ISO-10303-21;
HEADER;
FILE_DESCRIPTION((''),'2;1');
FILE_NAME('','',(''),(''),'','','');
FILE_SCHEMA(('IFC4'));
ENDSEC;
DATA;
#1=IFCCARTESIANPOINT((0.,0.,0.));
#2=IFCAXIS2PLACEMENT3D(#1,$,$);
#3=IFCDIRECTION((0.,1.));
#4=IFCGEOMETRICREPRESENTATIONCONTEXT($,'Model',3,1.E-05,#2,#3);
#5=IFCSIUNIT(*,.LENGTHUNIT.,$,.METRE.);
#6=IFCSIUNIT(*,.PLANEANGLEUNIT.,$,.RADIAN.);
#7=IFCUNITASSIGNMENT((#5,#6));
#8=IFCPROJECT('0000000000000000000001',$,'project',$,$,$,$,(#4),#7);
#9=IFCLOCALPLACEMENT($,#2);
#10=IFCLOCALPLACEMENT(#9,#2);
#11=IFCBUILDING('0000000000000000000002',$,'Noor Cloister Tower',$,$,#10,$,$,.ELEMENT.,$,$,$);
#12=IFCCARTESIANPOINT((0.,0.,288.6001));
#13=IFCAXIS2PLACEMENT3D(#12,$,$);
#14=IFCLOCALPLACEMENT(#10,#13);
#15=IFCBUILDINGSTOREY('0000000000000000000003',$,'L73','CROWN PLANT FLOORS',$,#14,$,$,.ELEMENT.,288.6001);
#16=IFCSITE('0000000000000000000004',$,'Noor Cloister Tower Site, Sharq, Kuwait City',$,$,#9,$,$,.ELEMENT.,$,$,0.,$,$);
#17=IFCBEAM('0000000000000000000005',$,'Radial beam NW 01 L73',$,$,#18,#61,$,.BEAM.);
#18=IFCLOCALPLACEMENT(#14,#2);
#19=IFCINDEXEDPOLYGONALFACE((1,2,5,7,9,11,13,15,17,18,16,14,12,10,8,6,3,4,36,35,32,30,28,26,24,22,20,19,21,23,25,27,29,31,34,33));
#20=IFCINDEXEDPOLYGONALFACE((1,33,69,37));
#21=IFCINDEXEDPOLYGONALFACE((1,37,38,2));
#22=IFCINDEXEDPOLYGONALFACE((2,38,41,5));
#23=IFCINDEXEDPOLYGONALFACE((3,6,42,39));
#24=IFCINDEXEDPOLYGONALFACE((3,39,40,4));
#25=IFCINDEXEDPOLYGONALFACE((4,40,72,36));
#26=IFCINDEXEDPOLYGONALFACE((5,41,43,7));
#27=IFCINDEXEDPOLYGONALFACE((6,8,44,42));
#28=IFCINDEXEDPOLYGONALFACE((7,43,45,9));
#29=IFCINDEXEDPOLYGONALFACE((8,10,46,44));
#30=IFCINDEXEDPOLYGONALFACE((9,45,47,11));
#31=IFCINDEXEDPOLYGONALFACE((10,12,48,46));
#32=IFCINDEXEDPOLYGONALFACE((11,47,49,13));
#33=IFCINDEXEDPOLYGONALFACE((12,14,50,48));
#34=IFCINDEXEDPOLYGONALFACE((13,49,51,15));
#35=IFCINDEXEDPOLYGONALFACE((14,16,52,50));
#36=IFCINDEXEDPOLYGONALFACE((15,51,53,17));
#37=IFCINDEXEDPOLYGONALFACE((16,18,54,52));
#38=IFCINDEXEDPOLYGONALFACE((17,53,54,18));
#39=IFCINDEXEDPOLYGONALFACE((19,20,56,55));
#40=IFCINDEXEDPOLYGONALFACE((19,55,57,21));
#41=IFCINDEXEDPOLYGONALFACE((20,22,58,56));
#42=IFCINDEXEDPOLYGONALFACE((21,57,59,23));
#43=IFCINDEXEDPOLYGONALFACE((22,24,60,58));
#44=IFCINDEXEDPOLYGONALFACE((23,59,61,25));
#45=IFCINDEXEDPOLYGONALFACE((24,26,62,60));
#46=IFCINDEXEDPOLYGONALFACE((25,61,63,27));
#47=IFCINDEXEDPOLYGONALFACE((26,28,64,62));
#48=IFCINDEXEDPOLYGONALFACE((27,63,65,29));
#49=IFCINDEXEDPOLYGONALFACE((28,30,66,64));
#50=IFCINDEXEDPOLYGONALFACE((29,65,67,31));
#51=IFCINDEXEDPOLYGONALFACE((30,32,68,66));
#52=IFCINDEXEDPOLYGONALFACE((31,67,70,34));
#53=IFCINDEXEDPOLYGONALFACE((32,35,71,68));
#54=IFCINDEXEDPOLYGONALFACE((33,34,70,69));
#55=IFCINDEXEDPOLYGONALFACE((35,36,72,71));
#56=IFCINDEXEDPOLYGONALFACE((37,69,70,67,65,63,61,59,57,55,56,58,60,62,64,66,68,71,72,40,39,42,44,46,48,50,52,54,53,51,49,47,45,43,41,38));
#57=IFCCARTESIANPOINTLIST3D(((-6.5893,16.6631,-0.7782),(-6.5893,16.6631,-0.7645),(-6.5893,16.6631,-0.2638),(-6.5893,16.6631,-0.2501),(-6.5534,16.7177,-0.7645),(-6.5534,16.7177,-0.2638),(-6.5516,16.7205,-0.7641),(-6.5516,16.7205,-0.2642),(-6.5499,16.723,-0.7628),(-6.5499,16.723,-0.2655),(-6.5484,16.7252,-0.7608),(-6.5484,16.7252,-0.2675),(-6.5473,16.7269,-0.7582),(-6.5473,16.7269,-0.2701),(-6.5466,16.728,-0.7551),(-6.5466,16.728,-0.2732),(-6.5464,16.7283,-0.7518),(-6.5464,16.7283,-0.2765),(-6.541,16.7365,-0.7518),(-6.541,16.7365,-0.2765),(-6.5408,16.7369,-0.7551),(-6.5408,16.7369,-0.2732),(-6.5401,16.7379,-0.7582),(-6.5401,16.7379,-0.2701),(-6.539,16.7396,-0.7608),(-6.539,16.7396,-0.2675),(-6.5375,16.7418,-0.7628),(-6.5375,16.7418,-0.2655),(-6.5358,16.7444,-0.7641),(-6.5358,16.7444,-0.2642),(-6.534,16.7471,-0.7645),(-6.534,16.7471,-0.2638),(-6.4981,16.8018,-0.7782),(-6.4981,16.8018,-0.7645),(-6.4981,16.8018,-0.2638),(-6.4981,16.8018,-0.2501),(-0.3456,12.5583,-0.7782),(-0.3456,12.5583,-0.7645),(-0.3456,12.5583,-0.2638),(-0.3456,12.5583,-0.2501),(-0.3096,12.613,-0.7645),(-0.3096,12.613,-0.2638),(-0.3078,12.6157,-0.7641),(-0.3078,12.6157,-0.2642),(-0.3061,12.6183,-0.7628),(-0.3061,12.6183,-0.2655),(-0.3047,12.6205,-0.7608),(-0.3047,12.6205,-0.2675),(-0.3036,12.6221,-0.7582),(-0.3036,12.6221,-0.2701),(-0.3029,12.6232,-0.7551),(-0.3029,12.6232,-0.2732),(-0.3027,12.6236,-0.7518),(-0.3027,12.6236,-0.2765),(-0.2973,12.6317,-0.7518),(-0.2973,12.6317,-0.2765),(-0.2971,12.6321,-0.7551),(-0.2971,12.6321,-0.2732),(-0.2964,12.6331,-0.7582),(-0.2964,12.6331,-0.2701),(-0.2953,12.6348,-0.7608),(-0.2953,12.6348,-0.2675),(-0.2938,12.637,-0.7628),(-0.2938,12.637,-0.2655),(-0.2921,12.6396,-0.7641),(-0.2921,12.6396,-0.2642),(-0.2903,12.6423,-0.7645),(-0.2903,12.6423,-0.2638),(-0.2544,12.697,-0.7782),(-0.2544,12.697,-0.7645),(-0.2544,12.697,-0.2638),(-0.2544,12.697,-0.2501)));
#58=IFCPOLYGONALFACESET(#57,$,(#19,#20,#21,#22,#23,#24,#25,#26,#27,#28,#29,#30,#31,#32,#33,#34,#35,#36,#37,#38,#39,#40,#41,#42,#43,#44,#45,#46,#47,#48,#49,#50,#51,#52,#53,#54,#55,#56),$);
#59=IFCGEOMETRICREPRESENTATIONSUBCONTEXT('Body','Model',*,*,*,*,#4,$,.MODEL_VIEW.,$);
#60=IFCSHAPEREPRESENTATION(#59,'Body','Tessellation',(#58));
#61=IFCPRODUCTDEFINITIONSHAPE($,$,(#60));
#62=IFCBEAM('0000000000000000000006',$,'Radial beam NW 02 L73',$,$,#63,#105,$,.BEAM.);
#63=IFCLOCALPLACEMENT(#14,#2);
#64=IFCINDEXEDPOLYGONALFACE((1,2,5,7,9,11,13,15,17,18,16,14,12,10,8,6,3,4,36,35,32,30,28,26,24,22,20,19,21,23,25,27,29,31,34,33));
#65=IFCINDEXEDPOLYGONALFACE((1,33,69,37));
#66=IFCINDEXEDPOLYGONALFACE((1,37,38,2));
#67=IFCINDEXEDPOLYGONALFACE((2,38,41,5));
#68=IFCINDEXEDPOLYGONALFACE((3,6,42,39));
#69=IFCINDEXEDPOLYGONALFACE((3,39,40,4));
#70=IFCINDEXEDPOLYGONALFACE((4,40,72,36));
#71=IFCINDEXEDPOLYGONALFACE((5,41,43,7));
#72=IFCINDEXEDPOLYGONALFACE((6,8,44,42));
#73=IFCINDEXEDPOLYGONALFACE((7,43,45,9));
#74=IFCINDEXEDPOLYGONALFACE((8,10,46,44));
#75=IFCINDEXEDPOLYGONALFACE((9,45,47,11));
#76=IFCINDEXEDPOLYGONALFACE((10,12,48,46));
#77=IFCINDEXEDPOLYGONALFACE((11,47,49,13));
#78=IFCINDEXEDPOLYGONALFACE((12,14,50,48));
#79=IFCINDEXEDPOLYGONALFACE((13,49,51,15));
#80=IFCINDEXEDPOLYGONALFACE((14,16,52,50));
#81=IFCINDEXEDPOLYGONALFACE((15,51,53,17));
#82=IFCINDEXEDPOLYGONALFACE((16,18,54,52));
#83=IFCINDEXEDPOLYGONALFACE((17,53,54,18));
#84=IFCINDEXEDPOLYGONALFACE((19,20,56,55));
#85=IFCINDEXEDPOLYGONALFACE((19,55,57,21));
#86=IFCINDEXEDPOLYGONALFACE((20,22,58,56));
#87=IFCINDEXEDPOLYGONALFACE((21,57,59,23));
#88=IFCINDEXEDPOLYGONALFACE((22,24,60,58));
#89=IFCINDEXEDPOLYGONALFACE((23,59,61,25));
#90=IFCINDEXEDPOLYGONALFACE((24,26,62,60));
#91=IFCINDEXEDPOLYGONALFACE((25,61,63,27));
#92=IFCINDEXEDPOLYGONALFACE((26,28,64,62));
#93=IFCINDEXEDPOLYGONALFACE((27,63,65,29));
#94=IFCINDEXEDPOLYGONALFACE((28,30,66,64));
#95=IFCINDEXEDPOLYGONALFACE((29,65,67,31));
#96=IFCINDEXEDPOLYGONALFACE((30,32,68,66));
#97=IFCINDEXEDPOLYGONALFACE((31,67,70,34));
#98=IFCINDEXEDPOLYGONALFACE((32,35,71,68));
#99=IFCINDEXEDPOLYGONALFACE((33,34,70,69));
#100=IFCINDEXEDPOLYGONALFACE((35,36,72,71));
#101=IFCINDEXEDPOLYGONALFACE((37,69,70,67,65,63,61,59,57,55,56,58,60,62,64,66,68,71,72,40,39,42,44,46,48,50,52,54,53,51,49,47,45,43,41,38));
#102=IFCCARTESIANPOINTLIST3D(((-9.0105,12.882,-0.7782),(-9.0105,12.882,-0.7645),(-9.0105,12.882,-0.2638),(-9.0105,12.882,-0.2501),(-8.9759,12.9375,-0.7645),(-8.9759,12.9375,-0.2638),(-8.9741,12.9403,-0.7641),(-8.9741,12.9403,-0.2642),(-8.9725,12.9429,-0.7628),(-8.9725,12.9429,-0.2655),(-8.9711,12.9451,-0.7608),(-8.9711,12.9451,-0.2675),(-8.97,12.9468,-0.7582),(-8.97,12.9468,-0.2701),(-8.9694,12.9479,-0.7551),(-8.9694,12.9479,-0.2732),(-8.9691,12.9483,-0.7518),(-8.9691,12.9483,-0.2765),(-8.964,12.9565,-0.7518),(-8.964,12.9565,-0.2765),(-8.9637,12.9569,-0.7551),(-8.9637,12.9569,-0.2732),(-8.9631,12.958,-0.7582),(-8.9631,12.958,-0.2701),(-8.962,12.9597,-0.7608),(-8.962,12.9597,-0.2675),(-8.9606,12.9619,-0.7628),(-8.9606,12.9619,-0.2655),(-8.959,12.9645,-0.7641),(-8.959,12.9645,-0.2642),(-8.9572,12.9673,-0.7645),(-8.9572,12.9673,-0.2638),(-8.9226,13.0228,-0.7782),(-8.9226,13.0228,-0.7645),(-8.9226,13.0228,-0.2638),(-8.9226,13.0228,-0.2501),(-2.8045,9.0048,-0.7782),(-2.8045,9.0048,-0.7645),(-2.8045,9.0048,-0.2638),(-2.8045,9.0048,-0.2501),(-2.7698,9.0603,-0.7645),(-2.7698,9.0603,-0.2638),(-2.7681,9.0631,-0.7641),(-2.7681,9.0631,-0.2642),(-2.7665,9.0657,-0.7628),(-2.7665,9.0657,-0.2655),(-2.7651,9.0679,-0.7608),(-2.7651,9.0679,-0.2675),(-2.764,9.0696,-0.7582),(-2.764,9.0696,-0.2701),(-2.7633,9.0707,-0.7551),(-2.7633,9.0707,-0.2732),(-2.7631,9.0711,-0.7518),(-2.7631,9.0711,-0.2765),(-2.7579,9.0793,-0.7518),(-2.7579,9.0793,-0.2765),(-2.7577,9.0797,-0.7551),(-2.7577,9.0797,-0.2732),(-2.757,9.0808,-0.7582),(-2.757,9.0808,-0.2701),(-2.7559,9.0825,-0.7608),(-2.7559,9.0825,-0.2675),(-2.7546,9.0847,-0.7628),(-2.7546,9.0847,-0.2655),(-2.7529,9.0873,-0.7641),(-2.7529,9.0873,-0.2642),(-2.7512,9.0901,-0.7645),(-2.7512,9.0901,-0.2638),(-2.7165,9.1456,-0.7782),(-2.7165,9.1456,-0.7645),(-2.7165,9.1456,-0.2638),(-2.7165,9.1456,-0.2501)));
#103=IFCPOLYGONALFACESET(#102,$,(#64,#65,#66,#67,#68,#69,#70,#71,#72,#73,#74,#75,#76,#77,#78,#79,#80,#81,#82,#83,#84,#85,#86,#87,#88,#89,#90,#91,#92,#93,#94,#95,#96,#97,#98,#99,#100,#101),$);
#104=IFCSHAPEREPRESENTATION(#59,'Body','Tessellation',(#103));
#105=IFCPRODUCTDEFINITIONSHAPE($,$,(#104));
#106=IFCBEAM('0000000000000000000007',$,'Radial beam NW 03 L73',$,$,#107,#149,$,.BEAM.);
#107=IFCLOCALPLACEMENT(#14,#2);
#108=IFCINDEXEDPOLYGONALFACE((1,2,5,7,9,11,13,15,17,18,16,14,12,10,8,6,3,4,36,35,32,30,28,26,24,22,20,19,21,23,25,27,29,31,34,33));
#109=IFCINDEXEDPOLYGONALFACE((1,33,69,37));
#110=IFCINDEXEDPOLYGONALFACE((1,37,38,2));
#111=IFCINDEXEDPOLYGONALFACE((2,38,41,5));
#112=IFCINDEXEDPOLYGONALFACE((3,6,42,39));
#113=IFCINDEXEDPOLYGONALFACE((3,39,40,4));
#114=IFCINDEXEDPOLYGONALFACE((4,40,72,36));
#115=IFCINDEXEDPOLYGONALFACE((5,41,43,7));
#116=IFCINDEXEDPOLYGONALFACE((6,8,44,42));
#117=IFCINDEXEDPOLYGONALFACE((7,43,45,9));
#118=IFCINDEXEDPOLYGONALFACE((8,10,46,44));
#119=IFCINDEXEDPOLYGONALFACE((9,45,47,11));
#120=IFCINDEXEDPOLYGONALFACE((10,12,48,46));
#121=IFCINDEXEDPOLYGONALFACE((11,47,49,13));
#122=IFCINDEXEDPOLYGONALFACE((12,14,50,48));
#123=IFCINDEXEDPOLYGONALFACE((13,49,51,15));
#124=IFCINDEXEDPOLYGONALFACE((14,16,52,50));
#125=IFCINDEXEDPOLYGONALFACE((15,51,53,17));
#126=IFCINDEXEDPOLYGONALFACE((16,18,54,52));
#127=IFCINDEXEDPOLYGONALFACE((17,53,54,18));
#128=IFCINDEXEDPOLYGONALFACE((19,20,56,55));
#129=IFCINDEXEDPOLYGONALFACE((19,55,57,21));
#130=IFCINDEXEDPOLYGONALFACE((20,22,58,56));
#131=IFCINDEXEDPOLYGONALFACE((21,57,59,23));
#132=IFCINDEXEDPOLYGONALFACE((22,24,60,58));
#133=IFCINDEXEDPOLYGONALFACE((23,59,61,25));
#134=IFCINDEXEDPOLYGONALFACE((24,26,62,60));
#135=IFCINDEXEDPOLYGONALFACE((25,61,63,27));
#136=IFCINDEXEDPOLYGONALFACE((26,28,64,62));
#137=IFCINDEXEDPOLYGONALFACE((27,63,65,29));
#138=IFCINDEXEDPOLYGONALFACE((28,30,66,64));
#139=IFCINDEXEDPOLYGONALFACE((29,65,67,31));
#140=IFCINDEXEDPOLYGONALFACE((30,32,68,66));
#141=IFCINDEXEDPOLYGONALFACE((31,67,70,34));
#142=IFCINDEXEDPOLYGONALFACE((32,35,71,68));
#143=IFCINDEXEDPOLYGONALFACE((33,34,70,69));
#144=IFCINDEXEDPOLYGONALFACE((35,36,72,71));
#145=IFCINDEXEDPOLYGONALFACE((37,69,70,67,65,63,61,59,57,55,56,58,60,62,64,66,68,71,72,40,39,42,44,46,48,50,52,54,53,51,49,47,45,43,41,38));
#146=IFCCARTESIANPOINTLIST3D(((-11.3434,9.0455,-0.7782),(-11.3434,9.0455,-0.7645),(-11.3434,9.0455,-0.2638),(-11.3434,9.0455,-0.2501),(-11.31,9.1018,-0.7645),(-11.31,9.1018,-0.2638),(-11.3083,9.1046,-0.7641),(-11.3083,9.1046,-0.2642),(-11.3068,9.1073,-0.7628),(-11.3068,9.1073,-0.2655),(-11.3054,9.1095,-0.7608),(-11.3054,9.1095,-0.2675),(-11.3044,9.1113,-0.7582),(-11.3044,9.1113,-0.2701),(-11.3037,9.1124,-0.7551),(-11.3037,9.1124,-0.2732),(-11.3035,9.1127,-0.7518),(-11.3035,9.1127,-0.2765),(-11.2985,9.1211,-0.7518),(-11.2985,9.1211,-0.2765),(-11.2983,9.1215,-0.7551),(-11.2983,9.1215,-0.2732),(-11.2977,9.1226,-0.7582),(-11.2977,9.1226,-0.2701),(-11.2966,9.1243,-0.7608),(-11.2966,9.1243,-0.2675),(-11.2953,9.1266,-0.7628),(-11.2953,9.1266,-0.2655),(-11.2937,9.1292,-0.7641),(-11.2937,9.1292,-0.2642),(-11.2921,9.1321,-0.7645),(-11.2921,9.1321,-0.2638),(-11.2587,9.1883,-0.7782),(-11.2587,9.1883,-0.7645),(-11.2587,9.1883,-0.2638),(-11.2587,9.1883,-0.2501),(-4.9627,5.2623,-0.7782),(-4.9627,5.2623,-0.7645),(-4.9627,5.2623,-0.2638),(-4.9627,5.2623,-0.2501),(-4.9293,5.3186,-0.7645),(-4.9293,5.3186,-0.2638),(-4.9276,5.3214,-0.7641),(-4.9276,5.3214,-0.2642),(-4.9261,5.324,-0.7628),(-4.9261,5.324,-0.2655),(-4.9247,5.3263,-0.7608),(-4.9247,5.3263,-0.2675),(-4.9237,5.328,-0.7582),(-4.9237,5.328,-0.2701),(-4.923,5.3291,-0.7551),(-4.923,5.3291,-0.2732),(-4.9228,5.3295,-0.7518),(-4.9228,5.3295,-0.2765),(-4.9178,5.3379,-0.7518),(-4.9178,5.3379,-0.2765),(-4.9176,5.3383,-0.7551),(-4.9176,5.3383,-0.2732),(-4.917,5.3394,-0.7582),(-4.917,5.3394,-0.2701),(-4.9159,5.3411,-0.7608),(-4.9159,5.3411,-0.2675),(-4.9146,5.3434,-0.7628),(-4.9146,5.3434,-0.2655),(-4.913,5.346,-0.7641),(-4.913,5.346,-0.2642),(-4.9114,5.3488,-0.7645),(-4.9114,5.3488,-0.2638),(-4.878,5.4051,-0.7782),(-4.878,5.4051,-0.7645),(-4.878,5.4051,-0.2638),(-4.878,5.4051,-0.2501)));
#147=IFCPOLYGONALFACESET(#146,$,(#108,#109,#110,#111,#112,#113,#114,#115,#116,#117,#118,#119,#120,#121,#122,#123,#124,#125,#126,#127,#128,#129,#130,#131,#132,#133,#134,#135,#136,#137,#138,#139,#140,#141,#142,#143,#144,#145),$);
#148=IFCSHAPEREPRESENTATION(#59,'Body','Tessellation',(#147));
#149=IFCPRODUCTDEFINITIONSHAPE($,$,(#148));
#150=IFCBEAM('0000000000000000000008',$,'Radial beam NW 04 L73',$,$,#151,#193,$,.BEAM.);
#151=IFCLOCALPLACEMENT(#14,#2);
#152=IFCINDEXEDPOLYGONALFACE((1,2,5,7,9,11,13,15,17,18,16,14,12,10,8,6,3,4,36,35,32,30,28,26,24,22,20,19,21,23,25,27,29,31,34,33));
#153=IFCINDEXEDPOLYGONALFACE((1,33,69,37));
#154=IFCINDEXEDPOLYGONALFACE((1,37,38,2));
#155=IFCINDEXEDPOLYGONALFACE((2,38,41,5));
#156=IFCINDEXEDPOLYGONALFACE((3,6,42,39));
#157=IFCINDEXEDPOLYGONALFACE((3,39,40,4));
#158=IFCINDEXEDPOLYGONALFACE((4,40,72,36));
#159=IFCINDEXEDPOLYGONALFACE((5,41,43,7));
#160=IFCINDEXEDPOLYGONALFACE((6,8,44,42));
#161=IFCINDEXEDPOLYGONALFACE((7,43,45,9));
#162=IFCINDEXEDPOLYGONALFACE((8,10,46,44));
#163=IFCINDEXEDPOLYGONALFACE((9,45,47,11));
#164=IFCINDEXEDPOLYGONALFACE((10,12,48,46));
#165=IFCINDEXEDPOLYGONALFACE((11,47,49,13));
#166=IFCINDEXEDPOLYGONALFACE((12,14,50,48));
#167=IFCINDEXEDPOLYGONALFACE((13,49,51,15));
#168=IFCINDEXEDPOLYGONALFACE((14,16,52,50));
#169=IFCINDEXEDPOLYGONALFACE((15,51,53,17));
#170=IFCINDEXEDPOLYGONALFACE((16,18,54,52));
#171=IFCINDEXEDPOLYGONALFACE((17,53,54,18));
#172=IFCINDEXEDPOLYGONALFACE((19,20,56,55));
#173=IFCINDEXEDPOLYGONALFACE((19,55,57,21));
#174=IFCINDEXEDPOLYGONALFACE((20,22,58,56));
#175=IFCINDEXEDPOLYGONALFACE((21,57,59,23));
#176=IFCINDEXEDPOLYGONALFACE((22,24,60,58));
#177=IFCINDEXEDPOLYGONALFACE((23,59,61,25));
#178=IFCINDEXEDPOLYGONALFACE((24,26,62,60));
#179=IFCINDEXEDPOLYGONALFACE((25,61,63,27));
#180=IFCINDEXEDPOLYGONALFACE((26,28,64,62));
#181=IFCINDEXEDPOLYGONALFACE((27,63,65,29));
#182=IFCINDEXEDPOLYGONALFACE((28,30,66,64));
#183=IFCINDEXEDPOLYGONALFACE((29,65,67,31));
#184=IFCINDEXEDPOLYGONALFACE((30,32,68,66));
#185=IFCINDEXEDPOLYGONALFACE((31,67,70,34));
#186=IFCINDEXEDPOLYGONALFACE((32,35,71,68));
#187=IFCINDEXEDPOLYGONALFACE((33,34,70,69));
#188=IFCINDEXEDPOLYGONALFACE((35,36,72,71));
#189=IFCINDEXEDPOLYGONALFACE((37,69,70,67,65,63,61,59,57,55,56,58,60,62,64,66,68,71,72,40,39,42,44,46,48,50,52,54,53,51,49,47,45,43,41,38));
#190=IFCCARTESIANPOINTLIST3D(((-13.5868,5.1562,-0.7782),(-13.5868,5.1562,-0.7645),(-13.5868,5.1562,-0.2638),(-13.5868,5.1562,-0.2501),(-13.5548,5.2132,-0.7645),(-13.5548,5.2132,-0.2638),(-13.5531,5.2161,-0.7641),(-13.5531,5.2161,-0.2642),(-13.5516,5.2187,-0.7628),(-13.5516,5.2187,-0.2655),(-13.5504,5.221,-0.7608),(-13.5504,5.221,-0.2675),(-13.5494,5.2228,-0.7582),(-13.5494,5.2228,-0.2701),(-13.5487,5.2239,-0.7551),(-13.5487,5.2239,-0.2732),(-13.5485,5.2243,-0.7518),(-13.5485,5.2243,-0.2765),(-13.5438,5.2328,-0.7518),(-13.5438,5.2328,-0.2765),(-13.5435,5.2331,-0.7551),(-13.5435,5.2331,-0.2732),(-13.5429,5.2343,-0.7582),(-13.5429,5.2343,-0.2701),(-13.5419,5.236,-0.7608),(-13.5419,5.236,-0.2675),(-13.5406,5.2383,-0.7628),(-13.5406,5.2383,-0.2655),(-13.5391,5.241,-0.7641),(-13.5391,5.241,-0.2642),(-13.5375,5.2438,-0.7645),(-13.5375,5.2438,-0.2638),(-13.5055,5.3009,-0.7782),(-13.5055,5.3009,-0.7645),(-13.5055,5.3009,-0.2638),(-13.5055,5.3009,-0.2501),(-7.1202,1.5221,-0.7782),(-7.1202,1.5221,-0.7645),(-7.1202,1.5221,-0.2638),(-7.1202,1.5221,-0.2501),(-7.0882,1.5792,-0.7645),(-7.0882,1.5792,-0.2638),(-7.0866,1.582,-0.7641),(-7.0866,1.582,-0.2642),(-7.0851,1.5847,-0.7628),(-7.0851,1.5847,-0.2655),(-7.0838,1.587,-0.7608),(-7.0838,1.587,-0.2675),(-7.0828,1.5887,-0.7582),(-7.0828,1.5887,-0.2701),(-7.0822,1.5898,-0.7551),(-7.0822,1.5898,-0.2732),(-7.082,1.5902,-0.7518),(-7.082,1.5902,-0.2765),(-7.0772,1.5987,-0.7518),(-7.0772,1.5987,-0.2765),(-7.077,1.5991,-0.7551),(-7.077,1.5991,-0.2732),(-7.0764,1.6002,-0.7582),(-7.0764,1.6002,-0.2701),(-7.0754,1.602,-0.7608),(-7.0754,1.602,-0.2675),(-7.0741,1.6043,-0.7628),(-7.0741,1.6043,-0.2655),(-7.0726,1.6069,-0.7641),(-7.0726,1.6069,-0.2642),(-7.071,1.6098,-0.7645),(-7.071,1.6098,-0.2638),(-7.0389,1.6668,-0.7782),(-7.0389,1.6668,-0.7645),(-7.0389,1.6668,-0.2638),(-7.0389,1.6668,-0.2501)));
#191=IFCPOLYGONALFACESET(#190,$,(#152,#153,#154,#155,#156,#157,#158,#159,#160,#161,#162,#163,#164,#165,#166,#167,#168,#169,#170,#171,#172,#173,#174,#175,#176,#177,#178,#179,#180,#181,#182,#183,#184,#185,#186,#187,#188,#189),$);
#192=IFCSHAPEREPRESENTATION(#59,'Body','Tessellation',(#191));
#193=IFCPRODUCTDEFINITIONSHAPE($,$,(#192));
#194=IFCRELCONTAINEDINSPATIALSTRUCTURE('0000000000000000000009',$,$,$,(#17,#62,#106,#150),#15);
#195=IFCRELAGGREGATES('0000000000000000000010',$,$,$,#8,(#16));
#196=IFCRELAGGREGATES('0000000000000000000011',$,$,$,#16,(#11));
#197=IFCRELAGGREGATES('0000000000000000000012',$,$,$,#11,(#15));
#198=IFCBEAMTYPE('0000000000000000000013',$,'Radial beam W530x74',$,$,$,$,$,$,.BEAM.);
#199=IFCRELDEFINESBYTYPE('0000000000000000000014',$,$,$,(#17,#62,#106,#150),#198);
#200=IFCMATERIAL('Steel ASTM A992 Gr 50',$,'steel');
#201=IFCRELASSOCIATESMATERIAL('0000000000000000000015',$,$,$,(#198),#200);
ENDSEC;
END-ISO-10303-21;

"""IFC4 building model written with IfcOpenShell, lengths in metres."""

from ifc_helpers import new_model, si_unit, direction, frame, origin, origin_2d, place, context, subcontext, project, spatial, i_section, extrude, material, material_profile, profile_set, type_object, element, save


model = new_model("IFC4")

# Units and contexts
model_context = context("Model", 3, precision=1e-05, world=origin(), true_north=direction((0.0, 1.0)))
body_context = subcontext(model_context, "Body", "Model", "MODEL_VIEW")
ifc_project = project(units=[si_unit("LENGTHUNIT", "METRE"), si_unit("PLANEANGLEUNIT", "RADIAN")], contexts=[model_context])

# Site, building, storey
site_placement = place(None, origin())
site = spatial("IfcSite", under=ifc_project, at=site_placement, Name="Noor Cloister Tower Site, Sharq, Kuwait City", CompositionType="ELEMENT", RefElevation=0.0)
building_placement = place(site_placement, origin())
building = spatial("IfcBuilding", under=site, at=building_placement, Name="Noor Cloister Tower", CompositionType="ELEMENT")
storey_placement = place(building_placement, frame((0.0, 0.0, 288.6001)))
storey = spatial("IfcBuildingStorey", under=building, at=storey_placement, Name="L73", Description="CROWN PLANT FLOORS", CompositionType="ELEMENT", Elevation=288.6001)

# Beams
ifc_material_1 = material(Name="Steel ASTM A992 Gr 50", Category="steel")
ifc_material_profile_1 = material_profile(ifc_material_1, i_section(OverallWidth=0.166, OverallDepth=0.5281, WebThickness=0.0098, FlangeThickness=0.0137, FilletRadius=0.0127, at=origin_2d()), Name="W530x74")
ifc_profile_set_1 = profile_set([ifc_material_profile_1], Name="Steel ASTM A992 Gr 50")
beam_type_1 = type_object("IfcBeamType", Name="Radial beam W530x74", PredefinedType="BEAM", material=ifc_profile_set_1)
beam_1_placement = place(storey_placement, frame((-6.5437, 16.7324, -0.5142), z_axis=(0.835597, -0.549343, 0.0), x_axis=(0.549343, 0.835597, 0.0)))
element("IfcBeam", 1, at=beam_1_placement, inside=storey, type_object=beam_type_1, Name="Radial beam NW 01 L73", PredefinedType="BEAM", context=body_context, shape_type="SweptSolid", body=[
    extrude(i_section(OverallWidth=0.166, OverallDepth=0.5281, WebThickness=0.0098, FlangeThickness=0.0137, FilletRadius=0.0127, at=origin_2d()), origin(), (0.0, 0.0, 1.0), 7.4722),
])
beam_2_placement = place(storey_placement, frame((-8.9666, 12.9524, -0.5142), z_axis=(0.848096, -0.529843, 0.0), x_axis=(0.529843, 0.848096, 0.0)))
element("IfcBeam", 2, at=beam_2_placement, inside=storey, type_object=beam_type_1, Name="Radial beam NW 02 L73", PredefinedType="BEAM", context=body_context, shape_type="SweptSolid", body=[
    extrude(i_section(OverallWidth=0.166, OverallDepth=0.5281, WebThickness=0.0098, FlangeThickness=0.0137, FilletRadius=0.0127, at=origin_2d()), origin(), (0.0, 0.0, 1.0), 7.3176),
])
beam_3_placement = place(storey_placement, frame((-11.301, 9.1169, -0.5142), z_axis=(0.860167, -0.510012, 0.0), x_axis=(0.510012, 0.860167, 0.0)))
element("IfcBeam", 3, at=beam_3_placement, inside=storey, type_object=beam_type_1, Name="Radial beam NW 03 L73", PredefinedType="BEAM", context=body_context, shape_type="SweptSolid", body=[
    extrude(i_section(OverallWidth=0.166, OverallDepth=0.5281, WebThickness=0.0098, FlangeThickness=0.0137, FilletRadius=0.0127, at=origin_2d()), origin(), (0.0, 0.0, 1.0), 7.418),
])
beam_4_placement = place(storey_placement, frame((-13.5461, 5.2285, -0.5142), z_axis=(0.871771, -0.489913, 0.0), x_axis=(0.489913, 0.871771, 0.0)))
element("IfcBeam", 4, at=beam_4_placement, inside=storey, type_object=beam_type_1, Name="Radial beam NW 04 L73", PredefinedType="BEAM", context=body_context, shape_type="SweptSolid", body=[
    extrude(i_section(OverallWidth=0.166, OverallDepth=0.5281, WebThickness=0.0098, FlangeThickness=0.0137, FilletRadius=0.0127, at=origin_2d()), origin(), (0.0, 0.0, 1.0), 7.4177),
])

save(model, "model.ifc")
